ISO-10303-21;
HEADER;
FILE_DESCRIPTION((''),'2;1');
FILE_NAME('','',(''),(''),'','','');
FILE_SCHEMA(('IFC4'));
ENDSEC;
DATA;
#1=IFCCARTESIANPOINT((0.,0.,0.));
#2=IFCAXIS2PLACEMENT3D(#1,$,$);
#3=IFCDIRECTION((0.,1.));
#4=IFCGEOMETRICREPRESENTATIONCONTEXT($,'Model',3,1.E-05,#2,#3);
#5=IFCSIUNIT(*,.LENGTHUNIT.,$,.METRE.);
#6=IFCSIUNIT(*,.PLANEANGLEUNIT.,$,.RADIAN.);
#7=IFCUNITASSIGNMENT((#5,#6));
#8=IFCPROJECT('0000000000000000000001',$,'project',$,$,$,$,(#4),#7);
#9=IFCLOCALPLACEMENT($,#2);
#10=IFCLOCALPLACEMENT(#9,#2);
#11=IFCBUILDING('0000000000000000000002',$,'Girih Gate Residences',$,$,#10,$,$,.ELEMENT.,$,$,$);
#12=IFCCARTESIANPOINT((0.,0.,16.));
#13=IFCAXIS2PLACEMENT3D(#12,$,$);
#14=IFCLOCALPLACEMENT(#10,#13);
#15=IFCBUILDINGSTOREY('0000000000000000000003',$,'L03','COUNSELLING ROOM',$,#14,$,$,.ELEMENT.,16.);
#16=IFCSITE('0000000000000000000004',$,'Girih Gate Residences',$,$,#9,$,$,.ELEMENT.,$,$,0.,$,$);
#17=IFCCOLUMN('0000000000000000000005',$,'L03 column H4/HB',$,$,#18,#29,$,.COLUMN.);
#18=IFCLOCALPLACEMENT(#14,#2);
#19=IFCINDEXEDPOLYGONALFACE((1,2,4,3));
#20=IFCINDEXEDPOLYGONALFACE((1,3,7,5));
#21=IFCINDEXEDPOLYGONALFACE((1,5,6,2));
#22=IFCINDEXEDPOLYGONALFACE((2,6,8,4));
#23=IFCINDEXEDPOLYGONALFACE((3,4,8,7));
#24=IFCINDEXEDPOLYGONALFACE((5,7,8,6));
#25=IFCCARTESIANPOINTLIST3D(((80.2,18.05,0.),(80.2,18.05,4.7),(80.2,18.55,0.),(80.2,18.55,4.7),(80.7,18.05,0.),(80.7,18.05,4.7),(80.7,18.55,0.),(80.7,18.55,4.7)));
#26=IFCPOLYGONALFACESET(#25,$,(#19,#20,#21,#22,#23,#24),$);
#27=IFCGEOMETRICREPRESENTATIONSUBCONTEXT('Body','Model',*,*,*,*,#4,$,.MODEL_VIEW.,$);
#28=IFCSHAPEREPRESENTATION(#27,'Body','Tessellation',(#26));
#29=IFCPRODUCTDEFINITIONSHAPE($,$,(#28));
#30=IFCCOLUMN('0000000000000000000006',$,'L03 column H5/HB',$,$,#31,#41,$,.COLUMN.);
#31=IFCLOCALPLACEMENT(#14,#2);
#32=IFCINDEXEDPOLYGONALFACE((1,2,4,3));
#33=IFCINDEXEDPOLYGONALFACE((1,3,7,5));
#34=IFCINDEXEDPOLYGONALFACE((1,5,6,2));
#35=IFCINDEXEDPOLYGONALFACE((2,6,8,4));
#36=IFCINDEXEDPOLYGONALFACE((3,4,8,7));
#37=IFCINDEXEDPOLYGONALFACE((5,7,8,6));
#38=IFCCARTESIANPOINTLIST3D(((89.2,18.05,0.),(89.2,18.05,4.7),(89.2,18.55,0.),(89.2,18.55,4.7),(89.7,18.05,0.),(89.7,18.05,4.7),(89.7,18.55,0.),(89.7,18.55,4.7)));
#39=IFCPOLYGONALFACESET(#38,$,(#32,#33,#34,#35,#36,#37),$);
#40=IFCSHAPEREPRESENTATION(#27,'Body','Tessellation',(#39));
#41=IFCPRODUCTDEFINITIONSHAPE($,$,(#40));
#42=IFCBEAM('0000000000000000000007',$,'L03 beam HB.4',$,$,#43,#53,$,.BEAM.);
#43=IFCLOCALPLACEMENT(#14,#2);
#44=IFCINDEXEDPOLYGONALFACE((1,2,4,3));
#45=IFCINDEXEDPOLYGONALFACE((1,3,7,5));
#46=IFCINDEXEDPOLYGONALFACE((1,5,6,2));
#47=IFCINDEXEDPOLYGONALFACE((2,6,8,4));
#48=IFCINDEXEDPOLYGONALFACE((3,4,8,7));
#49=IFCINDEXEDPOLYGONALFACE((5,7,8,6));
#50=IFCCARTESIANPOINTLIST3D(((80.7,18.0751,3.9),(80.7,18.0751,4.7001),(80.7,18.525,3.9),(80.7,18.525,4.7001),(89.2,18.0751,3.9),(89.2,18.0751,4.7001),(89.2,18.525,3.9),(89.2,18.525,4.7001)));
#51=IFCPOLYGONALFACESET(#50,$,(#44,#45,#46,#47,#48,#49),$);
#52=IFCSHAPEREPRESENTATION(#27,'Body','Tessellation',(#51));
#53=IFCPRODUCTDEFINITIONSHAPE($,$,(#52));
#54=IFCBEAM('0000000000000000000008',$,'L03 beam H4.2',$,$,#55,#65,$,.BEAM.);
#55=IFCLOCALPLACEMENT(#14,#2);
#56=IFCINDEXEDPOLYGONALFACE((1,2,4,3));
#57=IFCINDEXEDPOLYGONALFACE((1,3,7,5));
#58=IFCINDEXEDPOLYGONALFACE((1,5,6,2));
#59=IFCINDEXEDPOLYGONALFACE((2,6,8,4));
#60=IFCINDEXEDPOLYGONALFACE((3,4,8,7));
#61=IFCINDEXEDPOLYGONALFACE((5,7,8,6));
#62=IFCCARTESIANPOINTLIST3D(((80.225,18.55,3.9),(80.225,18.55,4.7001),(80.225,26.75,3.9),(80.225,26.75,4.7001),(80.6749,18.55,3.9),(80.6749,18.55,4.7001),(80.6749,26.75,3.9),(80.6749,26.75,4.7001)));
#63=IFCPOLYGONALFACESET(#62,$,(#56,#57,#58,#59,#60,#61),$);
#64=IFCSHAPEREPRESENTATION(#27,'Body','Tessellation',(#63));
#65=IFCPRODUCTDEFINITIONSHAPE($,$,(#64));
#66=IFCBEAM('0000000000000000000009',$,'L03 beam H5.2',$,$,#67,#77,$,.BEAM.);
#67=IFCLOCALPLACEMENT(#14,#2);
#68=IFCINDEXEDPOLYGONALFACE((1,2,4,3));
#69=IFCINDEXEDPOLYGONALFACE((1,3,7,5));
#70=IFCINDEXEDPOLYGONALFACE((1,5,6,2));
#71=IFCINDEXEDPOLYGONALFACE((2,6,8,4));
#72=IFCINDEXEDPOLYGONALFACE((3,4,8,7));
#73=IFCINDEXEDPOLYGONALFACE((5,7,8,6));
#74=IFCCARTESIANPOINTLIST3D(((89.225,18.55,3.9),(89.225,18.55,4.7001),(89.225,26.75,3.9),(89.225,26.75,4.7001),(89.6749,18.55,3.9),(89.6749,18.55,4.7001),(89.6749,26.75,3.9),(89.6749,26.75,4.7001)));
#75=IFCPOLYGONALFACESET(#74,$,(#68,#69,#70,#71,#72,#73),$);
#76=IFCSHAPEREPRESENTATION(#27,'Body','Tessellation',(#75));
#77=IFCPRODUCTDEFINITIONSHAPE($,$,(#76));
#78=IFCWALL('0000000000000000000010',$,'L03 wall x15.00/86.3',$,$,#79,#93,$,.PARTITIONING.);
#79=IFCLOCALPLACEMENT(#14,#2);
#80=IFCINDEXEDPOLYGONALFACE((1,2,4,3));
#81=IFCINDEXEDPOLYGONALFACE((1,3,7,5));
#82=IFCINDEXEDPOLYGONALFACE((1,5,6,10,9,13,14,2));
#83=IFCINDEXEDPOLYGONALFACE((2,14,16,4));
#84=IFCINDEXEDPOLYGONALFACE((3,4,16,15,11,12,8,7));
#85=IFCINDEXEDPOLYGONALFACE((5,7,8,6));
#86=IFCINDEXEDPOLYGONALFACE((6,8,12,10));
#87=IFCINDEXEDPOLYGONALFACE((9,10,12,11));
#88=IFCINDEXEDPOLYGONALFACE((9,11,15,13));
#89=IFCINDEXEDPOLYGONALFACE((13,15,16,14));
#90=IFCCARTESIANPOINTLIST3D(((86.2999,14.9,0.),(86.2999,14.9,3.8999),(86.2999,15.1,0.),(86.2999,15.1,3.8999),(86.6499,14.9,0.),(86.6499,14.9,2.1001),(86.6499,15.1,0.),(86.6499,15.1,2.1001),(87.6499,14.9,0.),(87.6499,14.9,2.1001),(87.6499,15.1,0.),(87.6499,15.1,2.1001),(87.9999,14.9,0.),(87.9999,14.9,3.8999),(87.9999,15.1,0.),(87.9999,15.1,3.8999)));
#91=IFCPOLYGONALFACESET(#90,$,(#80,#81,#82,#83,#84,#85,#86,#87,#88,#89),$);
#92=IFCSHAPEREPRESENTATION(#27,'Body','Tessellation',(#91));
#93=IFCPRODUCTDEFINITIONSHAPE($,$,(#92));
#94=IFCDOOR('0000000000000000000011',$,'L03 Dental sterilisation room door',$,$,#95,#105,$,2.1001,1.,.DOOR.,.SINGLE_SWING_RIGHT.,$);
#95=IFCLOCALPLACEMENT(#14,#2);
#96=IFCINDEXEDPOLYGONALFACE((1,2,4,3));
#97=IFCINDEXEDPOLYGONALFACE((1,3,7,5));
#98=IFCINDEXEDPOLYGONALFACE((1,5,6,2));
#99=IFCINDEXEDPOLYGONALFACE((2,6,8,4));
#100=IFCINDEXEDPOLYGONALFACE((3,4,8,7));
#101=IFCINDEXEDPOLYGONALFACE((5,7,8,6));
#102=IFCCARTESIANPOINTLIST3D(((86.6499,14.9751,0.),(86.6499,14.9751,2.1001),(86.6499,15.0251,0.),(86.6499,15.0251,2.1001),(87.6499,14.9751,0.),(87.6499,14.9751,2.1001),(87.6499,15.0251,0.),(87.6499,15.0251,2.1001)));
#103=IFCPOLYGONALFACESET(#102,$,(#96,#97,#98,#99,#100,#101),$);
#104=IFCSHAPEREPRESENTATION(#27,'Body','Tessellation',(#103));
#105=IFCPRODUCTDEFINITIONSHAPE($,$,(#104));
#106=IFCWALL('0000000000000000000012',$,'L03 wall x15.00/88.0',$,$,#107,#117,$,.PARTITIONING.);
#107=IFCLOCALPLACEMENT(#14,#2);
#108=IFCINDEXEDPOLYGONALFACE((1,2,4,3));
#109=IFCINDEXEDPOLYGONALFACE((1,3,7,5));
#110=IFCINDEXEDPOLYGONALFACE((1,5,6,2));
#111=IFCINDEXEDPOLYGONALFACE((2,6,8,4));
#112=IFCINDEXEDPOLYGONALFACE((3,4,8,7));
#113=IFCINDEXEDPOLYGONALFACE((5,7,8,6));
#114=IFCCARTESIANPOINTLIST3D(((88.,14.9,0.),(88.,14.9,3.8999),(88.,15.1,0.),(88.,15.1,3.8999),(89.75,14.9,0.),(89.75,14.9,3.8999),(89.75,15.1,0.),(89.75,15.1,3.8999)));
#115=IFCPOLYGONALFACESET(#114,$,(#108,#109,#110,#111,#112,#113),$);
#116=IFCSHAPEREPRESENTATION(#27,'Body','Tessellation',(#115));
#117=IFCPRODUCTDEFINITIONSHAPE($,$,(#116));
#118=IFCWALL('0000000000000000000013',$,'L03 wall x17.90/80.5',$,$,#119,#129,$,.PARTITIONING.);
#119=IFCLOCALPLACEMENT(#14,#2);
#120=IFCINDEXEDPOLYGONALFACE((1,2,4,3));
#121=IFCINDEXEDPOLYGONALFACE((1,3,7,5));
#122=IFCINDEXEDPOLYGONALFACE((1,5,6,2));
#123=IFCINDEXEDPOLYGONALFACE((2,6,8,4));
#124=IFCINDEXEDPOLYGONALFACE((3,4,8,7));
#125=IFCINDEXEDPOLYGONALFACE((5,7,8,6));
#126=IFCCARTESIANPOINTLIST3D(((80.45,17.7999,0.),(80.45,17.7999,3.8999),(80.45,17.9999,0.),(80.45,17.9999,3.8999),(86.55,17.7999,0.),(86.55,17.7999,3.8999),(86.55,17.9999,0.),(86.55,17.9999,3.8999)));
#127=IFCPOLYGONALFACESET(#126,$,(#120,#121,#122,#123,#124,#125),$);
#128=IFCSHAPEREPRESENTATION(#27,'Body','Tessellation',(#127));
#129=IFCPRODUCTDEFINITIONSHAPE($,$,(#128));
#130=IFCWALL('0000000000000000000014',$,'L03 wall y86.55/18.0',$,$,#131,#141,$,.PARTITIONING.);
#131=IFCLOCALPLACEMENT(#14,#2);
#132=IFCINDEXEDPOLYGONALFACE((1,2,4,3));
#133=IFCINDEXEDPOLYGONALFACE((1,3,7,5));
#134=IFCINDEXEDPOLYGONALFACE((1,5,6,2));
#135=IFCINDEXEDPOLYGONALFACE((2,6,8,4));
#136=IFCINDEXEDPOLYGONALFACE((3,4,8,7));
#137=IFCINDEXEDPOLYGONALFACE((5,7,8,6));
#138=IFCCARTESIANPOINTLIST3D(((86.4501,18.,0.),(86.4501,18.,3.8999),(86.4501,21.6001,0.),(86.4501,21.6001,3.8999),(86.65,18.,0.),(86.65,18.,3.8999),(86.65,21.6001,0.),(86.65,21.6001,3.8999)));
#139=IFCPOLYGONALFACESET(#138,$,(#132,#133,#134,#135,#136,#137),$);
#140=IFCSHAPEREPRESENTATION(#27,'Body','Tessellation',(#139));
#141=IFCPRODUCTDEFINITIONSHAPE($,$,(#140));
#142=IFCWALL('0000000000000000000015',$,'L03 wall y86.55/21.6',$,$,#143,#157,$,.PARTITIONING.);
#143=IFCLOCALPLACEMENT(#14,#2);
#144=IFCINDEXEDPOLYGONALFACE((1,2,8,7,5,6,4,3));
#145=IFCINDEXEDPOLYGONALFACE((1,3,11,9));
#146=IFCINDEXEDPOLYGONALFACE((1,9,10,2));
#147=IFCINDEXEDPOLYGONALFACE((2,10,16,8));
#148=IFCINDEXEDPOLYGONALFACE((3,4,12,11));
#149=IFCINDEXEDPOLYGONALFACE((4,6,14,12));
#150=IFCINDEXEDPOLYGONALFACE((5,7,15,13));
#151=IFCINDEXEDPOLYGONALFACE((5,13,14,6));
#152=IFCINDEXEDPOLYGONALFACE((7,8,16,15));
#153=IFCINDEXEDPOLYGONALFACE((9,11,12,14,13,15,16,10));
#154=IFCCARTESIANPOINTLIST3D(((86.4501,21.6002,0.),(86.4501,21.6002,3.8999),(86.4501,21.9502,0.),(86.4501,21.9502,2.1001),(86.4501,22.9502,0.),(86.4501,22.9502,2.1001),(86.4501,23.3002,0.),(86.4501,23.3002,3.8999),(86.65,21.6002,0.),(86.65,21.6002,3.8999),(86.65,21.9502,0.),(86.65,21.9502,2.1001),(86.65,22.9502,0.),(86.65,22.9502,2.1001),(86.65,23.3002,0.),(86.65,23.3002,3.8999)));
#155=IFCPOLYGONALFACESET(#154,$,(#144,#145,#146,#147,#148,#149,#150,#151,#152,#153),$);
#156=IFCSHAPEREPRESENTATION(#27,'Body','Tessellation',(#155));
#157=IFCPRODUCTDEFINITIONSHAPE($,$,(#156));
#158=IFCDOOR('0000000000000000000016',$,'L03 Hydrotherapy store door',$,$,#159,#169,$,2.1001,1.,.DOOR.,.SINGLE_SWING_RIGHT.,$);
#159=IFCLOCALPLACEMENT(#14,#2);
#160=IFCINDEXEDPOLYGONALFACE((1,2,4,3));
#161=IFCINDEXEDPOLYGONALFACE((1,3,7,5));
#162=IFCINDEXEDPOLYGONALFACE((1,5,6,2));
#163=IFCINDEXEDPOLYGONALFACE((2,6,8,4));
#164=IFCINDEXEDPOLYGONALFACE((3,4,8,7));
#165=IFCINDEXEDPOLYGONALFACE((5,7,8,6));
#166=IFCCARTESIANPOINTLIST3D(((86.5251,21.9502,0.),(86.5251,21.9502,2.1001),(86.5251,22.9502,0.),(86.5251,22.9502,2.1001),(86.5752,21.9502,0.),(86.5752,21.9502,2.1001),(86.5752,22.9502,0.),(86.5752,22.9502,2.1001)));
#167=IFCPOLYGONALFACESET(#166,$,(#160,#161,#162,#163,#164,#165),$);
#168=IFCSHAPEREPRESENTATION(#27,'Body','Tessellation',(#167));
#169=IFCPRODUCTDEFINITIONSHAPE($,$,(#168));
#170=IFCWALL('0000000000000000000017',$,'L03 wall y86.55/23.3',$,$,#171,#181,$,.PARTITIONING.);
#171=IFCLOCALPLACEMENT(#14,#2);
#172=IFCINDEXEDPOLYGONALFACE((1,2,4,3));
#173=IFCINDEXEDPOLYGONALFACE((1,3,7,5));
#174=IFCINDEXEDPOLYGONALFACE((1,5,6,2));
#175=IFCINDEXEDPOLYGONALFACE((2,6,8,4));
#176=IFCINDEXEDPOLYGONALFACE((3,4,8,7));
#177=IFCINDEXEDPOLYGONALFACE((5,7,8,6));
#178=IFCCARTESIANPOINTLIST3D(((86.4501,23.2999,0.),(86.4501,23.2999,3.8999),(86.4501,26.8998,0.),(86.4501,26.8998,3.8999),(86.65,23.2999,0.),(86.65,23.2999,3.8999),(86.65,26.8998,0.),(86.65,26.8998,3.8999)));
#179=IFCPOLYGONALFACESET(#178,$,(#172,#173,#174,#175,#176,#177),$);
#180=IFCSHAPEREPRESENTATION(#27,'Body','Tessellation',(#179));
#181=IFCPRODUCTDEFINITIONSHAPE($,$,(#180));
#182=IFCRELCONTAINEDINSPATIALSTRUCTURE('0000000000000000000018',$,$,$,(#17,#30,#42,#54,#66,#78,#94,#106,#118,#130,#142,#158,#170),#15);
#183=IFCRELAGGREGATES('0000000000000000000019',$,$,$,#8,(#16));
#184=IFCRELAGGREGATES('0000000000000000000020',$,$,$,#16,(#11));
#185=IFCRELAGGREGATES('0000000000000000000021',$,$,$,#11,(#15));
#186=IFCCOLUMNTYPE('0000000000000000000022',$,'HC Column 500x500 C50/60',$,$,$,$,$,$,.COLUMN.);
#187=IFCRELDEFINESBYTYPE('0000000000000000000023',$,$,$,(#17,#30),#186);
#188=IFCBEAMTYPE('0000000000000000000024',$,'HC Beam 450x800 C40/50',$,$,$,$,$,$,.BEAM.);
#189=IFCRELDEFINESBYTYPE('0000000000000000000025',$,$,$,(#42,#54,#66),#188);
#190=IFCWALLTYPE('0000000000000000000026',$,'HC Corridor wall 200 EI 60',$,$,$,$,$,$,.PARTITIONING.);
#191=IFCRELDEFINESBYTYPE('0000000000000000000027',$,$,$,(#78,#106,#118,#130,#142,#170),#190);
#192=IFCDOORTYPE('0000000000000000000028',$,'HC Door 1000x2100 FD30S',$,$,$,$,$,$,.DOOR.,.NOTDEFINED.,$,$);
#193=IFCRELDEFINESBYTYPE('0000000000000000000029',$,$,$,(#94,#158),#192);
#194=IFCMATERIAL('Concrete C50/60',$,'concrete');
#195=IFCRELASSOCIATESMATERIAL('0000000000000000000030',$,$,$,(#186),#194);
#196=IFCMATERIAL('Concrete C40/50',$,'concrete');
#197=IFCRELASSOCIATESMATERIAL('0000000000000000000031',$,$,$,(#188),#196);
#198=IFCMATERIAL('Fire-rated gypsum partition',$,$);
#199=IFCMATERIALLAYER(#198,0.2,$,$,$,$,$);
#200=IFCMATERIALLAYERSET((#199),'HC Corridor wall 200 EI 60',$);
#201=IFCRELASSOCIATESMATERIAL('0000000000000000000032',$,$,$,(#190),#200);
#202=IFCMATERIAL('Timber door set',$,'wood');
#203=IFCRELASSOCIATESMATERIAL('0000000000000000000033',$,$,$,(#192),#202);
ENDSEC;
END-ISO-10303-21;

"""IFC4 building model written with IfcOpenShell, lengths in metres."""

from ifc_helpers import new_model, si_unit, direction, frame, frame_2d, origin, origin_2d, place, context, subcontext, project, spatial, rectangle, extrude, material, layer, layer_set, material_profile, profile_set, type_object, element, fill, save


model = new_model("IFC4")

# Units and contexts
model_context = context("Model", 3, precision=1e-05, world=origin(), true_north=direction((0.0, 1.0)))
body_context = subcontext(model_context, "Body", "Model", "MODEL_VIEW")
ifc_project = project(units=[si_unit("LENGTHUNIT", "METRE"), si_unit("PLANEANGLEUNIT", "RADIAN")], contexts=[model_context])

# Site, building, storey
site_placement = place(None, origin())
site = spatial("IfcSite", under=ifc_project, at=site_placement, Name="Girih Gate Residences", CompositionType="ELEMENT", RefElevation=0.0)
building_placement = place(site_placement, origin())
building = spatial("IfcBuilding", under=site, at=building_placement, Name="Girih Gate Residences", CompositionType="ELEMENT")
storey_placement = place(building_placement, frame((0.0, 0.0, 16.0)))
storey = spatial("IfcBuildingStorey", under=building, at=storey_placement, Name="L03", Description="COUNSELLING ROOM", CompositionType="ELEMENT", Elevation=16.0)

# Columns
ifc_material_1 = material(Name="Concrete C50/60", Category="concrete")
ifc_material_profile_1 = material_profile(ifc_material_1, rectangle(XDim=0.5, YDim=0.5, at=origin_2d()))
ifc_profile_set_1 = profile_set([ifc_material_profile_1], Name="Concrete C50/60")
column_type = type_object("IfcColumnType", Name="HC Column 500x500 C50/60", PredefinedType="COLUMN", material=ifc_profile_set_1)
for number, where, z_axis, x_axis, name in (
    (1, (80.45, 18.3, 0.0), (0.0, 0.0, 1.0), (1.0, 0.0, 0.0), "L03 column H4/HB"),
    (2, (89.45, 18.3, 0.0), (0.0, 0.0, 1.0), (1.0, 0.0, 0.0), "L03 column H5/HB"),
):
    element("IfcColumn", number, at=place(storey_placement, frame(where, z_axis=z_axis, x_axis=x_axis)), inside=storey, type_object=column_type, Name=name, PredefinedType="COLUMN", context=body_context, shape_type="SweptSolid", body=[
        extrude(rectangle(XDim=0.5, YDim=0.5, at=origin_2d()), origin(), (0.0, 0.0, 1.0), 4.7),
    ])

# Beams
ifc_material_2 = material(Name="Concrete C40/50", Category="concrete")
ifc_material_profile_2 = material_profile(ifc_material_2, rectangle(XDim=0.45, YDim=0.8, at=origin_2d()))
ifc_profile_set_2 = profile_set([ifc_material_profile_2], Name="Concrete C40/50")
beam_type = type_object("IfcBeamType", Name="HC Beam 450x800 C40/50", PredefinedType="BEAM", material=ifc_profile_set_2)
beam_placement = place(storey_placement, frame((80.7, 18.3, 4.3), z_axis=(1.0, 0.0, 0.0), x_axis=(0.0, 1.0, 0.0)))
element("IfcBeam", 3, at=beam_placement, inside=storey, type_object=beam_type, Name="L03 beam HB.4", PredefinedType="BEAM", context=body_context, shape_type="SweptSolid", body=[
    extrude(rectangle(XDim=0.45, YDim=0.8, at=origin_2d()), origin(), (0.0, 0.0, 1.0), 8.5),
])
for number, where, z_axis, x_axis, name in (
    (4, (80.45, 18.55, 4.3), (0.0, 1.0, 0.0), (-1.0, 0.0, 0.0), "L03 beam H4.2"),
    (5, (89.45, 18.55, 4.3), (0.0, 1.0, 0.0), (-1.0, 0.0, 0.0), "L03 beam H5.2"),
):
    element("IfcBeam", number, at=place(storey_placement, frame(where, z_axis=z_axis, x_axis=x_axis)), inside=storey, type_object=beam_type, Name=name, PredefinedType="BEAM", context=body_context, shape_type="SweptSolid", body=[
        extrude(rectangle(XDim=0.45, YDim=0.8, at=origin_2d()), origin(), (0.0, 0.0, 1.0), 8.2),
    ])

# Wall, opening, door
ifc_material_3 = material(Name="Fire-rated gypsum partition")
ifc_layer_1 = layer(ifc_material_3, 0.2)
ifc_layer_set_1 = layer_set([ifc_layer_1], Name="HC Corridor wall 200 EI 60")
wall_type_1 = type_object("IfcWallType", Name="HC Corridor wall 200 EI 60", PredefinedType="PARTITIONING", material=ifc_layer_set_1)
wall_1_placement = place(storey_placement, frame((88.0, 15.0, 0.0), z_axis=(0.0, 0.0, 1.0), x_axis=(-1.0, 0.0, 0.0)))
wall_1 = element("IfcWall", 6, at=wall_1_placement, inside=storey, type_object=wall_type_1, Name="L03 wall x15.00/86.3", PredefinedType="PARTITIONING", context=body_context, shape_type="SweptSolid", body=[
    extrude(rectangle(XDim=1.7, YDim=0.2, at=frame_2d((0.8501, 0.0))), origin(), (0.0, 0.0, 1.0), 3.8999),
])
opening_1_placement = place(wall_1_placement, frame((0.3501, 0.0, 0.0)))
opening_1 = element("IfcOpeningElement", 7, at=opening_1_placement, cuts=wall_1, PredefinedType="OPENING", context=body_context, shape_type="SweptSolid", body=[
    extrude(rectangle(XDim=1.0, YDim=2.1001, at=frame_2d((0.5, 1.05))), frame((0.0, 0.1099, 0.0), z_axis=(0.0, -1.0, 0.0), x_axis=(1.0, 0.0, 0.0)), (0.0, 0.0, 1.0), 0.22),
])
ifc_material_4 = material(Name="Timber door set", Category="wood")
door_type = type_object("IfcDoorType", Name="HC Door 1000x2100 FD30S", OperationType="NOTDEFINED", PredefinedType="DOOR", material=ifc_material_4)
door_1_placement = place(opening_1_placement, origin())
door_1 = element("IfcDoor", 8, at=door_1_placement, inside=storey, type_object=door_type, Name="L03 Dental sterilisation room door", OperationType="SINGLE_SWING_RIGHT", OverallHeight=2.1001, OverallWidth=1.0, PredefinedType="DOOR", context=body_context, shape_type="SweptSolid", body=[
    extrude(rectangle(XDim=1.0, YDim=2.1001, at=frame_2d((0.5, 1.05))), frame((0.0, 0.0249, 0.0), z_axis=(0.0, -1.0, 0.0), x_axis=(1.0, 0.0, 0.0)), (0.0, 0.0, 1.0), 0.05),
])
fill(opening_1, door_1)

# Walls
wall_2_placement = place(storey_placement, frame((88.0, 15.0, 0.0), z_axis=(0.0, 0.0, 1.0), x_axis=(1.0, 0.0, 0.0)))
element("IfcWall", 9, at=wall_2_placement, inside=storey, type_object=wall_type_1, Name="L03 wall x15.00/88.0", PredefinedType="PARTITIONING", context=body_context, shape_type="SweptSolid", body=[
    extrude(rectangle(XDim=1.75, YDim=0.2, at=frame_2d((0.875, 0.0))), origin(), (0.0, 0.0, 1.0), 3.8999),
])
wall_3_placement = place(storey_placement, frame((80.45, 17.8999, 0.0), z_axis=(0.0, 0.0, 1.0), x_axis=(1.0, 0.0, 0.0)))
element("IfcWall", 10, at=wall_3_placement, inside=storey, type_object=wall_type_1, Name="L03 wall x17.90/80.5", PredefinedType="PARTITIONING", context=body_context, shape_type="SweptSolid", body=[
    extrude(rectangle(XDim=6.1001, YDim=0.2, at=frame_2d((3.05, 0.0))), origin(), (0.0, 0.0, 1.0), 3.8999),
])
wall_4_placement = place(storey_placement, frame((86.55, 18.0, 0.0), z_axis=(0.0, 0.0, 1.0), x_axis=(0.0, 1.0, 0.0)))
element("IfcWall", 11, at=wall_4_placement, inside=storey, type_object=wall_type_1, Name="L03 wall y86.55/18.0", PredefinedType="PARTITIONING", context=body_context, shape_type="SweptSolid", body=[
    extrude(rectangle(XDim=3.6001, YDim=0.2, at=frame_2d((1.8, 0.0))), origin(), (0.0, 0.0, 1.0), 3.8999),
])

# Wall, opening, door
wall_5_placement = place(storey_placement, frame((86.55, 21.6001, 0.0), z_axis=(0.0, 0.0, 1.0), x_axis=(0.0, 1.0, 0.0)))
wall_5 = element("IfcWall", 12, at=wall_5_placement, inside=storey, type_object=wall_type_1, Name="L03 wall y86.55/21.6", PredefinedType="PARTITIONING", context=body_context, shape_type="SweptSolid", body=[
    extrude(rectangle(XDim=1.7, YDim=0.2, at=frame_2d((0.8501, 0.0))), origin(), (0.0, 0.0, 1.0), 3.8999),
])
opening_2_placement = place(wall_5_placement, frame((0.3501, 0.0, 0.0)))
opening_2 = element("IfcOpeningElement", 13, at=opening_2_placement, cuts=wall_5, PredefinedType="OPENING", context=body_context, shape_type="SweptSolid", body=[
    extrude(rectangle(XDim=1.0, YDim=2.1001, at=frame_2d((0.5, 1.05))), frame((0.0, 0.1099, 0.0), z_axis=(0.0, -1.0, 0.0), x_axis=(1.0, 0.0, 0.0)), (0.0, 0.0, 1.0), 0.22),
])
door_2_placement = place(opening_2_placement, origin())
door_2 = element("IfcDoor", 14, at=door_2_placement, inside=storey, type_object=door_type, Name="L03 Hydrotherapy store door", OperationType="SINGLE_SWING_RIGHT", OverallHeight=2.1001, OverallWidth=1.0, PredefinedType="DOOR", context=body_context, shape_type="SweptSolid", body=[
    extrude(rectangle(XDim=1.0, YDim=2.1001, at=frame_2d((0.5, 1.05))), frame((0.0, 0.0249, 0.0), z_axis=(0.0, -1.0, 0.0), x_axis=(1.0, 0.0, 0.0)), (0.0, 0.0, 1.0), 0.05),
])
fill(opening_2, door_2)

# Wall
wall_6_placement = place(storey_placement, frame((86.55, 23.3, 0.0), z_axis=(0.0, 0.0, 1.0), x_axis=(0.0, 1.0, 0.0)))
element("IfcWall", 15, at=wall_6_placement, inside=storey, type_object=wall_type_1, Name="L03 wall y86.55/23.3", PredefinedType="PARTITIONING", context=body_context, shape_type="SweptSolid", body=[
    extrude(rectangle(XDim=3.5999, YDim=0.2, at=frame_2d((1.7998, 0.0))), origin(), (0.0, 0.0, 1.0), 3.8999),
])

save(model, "model.ifc")
